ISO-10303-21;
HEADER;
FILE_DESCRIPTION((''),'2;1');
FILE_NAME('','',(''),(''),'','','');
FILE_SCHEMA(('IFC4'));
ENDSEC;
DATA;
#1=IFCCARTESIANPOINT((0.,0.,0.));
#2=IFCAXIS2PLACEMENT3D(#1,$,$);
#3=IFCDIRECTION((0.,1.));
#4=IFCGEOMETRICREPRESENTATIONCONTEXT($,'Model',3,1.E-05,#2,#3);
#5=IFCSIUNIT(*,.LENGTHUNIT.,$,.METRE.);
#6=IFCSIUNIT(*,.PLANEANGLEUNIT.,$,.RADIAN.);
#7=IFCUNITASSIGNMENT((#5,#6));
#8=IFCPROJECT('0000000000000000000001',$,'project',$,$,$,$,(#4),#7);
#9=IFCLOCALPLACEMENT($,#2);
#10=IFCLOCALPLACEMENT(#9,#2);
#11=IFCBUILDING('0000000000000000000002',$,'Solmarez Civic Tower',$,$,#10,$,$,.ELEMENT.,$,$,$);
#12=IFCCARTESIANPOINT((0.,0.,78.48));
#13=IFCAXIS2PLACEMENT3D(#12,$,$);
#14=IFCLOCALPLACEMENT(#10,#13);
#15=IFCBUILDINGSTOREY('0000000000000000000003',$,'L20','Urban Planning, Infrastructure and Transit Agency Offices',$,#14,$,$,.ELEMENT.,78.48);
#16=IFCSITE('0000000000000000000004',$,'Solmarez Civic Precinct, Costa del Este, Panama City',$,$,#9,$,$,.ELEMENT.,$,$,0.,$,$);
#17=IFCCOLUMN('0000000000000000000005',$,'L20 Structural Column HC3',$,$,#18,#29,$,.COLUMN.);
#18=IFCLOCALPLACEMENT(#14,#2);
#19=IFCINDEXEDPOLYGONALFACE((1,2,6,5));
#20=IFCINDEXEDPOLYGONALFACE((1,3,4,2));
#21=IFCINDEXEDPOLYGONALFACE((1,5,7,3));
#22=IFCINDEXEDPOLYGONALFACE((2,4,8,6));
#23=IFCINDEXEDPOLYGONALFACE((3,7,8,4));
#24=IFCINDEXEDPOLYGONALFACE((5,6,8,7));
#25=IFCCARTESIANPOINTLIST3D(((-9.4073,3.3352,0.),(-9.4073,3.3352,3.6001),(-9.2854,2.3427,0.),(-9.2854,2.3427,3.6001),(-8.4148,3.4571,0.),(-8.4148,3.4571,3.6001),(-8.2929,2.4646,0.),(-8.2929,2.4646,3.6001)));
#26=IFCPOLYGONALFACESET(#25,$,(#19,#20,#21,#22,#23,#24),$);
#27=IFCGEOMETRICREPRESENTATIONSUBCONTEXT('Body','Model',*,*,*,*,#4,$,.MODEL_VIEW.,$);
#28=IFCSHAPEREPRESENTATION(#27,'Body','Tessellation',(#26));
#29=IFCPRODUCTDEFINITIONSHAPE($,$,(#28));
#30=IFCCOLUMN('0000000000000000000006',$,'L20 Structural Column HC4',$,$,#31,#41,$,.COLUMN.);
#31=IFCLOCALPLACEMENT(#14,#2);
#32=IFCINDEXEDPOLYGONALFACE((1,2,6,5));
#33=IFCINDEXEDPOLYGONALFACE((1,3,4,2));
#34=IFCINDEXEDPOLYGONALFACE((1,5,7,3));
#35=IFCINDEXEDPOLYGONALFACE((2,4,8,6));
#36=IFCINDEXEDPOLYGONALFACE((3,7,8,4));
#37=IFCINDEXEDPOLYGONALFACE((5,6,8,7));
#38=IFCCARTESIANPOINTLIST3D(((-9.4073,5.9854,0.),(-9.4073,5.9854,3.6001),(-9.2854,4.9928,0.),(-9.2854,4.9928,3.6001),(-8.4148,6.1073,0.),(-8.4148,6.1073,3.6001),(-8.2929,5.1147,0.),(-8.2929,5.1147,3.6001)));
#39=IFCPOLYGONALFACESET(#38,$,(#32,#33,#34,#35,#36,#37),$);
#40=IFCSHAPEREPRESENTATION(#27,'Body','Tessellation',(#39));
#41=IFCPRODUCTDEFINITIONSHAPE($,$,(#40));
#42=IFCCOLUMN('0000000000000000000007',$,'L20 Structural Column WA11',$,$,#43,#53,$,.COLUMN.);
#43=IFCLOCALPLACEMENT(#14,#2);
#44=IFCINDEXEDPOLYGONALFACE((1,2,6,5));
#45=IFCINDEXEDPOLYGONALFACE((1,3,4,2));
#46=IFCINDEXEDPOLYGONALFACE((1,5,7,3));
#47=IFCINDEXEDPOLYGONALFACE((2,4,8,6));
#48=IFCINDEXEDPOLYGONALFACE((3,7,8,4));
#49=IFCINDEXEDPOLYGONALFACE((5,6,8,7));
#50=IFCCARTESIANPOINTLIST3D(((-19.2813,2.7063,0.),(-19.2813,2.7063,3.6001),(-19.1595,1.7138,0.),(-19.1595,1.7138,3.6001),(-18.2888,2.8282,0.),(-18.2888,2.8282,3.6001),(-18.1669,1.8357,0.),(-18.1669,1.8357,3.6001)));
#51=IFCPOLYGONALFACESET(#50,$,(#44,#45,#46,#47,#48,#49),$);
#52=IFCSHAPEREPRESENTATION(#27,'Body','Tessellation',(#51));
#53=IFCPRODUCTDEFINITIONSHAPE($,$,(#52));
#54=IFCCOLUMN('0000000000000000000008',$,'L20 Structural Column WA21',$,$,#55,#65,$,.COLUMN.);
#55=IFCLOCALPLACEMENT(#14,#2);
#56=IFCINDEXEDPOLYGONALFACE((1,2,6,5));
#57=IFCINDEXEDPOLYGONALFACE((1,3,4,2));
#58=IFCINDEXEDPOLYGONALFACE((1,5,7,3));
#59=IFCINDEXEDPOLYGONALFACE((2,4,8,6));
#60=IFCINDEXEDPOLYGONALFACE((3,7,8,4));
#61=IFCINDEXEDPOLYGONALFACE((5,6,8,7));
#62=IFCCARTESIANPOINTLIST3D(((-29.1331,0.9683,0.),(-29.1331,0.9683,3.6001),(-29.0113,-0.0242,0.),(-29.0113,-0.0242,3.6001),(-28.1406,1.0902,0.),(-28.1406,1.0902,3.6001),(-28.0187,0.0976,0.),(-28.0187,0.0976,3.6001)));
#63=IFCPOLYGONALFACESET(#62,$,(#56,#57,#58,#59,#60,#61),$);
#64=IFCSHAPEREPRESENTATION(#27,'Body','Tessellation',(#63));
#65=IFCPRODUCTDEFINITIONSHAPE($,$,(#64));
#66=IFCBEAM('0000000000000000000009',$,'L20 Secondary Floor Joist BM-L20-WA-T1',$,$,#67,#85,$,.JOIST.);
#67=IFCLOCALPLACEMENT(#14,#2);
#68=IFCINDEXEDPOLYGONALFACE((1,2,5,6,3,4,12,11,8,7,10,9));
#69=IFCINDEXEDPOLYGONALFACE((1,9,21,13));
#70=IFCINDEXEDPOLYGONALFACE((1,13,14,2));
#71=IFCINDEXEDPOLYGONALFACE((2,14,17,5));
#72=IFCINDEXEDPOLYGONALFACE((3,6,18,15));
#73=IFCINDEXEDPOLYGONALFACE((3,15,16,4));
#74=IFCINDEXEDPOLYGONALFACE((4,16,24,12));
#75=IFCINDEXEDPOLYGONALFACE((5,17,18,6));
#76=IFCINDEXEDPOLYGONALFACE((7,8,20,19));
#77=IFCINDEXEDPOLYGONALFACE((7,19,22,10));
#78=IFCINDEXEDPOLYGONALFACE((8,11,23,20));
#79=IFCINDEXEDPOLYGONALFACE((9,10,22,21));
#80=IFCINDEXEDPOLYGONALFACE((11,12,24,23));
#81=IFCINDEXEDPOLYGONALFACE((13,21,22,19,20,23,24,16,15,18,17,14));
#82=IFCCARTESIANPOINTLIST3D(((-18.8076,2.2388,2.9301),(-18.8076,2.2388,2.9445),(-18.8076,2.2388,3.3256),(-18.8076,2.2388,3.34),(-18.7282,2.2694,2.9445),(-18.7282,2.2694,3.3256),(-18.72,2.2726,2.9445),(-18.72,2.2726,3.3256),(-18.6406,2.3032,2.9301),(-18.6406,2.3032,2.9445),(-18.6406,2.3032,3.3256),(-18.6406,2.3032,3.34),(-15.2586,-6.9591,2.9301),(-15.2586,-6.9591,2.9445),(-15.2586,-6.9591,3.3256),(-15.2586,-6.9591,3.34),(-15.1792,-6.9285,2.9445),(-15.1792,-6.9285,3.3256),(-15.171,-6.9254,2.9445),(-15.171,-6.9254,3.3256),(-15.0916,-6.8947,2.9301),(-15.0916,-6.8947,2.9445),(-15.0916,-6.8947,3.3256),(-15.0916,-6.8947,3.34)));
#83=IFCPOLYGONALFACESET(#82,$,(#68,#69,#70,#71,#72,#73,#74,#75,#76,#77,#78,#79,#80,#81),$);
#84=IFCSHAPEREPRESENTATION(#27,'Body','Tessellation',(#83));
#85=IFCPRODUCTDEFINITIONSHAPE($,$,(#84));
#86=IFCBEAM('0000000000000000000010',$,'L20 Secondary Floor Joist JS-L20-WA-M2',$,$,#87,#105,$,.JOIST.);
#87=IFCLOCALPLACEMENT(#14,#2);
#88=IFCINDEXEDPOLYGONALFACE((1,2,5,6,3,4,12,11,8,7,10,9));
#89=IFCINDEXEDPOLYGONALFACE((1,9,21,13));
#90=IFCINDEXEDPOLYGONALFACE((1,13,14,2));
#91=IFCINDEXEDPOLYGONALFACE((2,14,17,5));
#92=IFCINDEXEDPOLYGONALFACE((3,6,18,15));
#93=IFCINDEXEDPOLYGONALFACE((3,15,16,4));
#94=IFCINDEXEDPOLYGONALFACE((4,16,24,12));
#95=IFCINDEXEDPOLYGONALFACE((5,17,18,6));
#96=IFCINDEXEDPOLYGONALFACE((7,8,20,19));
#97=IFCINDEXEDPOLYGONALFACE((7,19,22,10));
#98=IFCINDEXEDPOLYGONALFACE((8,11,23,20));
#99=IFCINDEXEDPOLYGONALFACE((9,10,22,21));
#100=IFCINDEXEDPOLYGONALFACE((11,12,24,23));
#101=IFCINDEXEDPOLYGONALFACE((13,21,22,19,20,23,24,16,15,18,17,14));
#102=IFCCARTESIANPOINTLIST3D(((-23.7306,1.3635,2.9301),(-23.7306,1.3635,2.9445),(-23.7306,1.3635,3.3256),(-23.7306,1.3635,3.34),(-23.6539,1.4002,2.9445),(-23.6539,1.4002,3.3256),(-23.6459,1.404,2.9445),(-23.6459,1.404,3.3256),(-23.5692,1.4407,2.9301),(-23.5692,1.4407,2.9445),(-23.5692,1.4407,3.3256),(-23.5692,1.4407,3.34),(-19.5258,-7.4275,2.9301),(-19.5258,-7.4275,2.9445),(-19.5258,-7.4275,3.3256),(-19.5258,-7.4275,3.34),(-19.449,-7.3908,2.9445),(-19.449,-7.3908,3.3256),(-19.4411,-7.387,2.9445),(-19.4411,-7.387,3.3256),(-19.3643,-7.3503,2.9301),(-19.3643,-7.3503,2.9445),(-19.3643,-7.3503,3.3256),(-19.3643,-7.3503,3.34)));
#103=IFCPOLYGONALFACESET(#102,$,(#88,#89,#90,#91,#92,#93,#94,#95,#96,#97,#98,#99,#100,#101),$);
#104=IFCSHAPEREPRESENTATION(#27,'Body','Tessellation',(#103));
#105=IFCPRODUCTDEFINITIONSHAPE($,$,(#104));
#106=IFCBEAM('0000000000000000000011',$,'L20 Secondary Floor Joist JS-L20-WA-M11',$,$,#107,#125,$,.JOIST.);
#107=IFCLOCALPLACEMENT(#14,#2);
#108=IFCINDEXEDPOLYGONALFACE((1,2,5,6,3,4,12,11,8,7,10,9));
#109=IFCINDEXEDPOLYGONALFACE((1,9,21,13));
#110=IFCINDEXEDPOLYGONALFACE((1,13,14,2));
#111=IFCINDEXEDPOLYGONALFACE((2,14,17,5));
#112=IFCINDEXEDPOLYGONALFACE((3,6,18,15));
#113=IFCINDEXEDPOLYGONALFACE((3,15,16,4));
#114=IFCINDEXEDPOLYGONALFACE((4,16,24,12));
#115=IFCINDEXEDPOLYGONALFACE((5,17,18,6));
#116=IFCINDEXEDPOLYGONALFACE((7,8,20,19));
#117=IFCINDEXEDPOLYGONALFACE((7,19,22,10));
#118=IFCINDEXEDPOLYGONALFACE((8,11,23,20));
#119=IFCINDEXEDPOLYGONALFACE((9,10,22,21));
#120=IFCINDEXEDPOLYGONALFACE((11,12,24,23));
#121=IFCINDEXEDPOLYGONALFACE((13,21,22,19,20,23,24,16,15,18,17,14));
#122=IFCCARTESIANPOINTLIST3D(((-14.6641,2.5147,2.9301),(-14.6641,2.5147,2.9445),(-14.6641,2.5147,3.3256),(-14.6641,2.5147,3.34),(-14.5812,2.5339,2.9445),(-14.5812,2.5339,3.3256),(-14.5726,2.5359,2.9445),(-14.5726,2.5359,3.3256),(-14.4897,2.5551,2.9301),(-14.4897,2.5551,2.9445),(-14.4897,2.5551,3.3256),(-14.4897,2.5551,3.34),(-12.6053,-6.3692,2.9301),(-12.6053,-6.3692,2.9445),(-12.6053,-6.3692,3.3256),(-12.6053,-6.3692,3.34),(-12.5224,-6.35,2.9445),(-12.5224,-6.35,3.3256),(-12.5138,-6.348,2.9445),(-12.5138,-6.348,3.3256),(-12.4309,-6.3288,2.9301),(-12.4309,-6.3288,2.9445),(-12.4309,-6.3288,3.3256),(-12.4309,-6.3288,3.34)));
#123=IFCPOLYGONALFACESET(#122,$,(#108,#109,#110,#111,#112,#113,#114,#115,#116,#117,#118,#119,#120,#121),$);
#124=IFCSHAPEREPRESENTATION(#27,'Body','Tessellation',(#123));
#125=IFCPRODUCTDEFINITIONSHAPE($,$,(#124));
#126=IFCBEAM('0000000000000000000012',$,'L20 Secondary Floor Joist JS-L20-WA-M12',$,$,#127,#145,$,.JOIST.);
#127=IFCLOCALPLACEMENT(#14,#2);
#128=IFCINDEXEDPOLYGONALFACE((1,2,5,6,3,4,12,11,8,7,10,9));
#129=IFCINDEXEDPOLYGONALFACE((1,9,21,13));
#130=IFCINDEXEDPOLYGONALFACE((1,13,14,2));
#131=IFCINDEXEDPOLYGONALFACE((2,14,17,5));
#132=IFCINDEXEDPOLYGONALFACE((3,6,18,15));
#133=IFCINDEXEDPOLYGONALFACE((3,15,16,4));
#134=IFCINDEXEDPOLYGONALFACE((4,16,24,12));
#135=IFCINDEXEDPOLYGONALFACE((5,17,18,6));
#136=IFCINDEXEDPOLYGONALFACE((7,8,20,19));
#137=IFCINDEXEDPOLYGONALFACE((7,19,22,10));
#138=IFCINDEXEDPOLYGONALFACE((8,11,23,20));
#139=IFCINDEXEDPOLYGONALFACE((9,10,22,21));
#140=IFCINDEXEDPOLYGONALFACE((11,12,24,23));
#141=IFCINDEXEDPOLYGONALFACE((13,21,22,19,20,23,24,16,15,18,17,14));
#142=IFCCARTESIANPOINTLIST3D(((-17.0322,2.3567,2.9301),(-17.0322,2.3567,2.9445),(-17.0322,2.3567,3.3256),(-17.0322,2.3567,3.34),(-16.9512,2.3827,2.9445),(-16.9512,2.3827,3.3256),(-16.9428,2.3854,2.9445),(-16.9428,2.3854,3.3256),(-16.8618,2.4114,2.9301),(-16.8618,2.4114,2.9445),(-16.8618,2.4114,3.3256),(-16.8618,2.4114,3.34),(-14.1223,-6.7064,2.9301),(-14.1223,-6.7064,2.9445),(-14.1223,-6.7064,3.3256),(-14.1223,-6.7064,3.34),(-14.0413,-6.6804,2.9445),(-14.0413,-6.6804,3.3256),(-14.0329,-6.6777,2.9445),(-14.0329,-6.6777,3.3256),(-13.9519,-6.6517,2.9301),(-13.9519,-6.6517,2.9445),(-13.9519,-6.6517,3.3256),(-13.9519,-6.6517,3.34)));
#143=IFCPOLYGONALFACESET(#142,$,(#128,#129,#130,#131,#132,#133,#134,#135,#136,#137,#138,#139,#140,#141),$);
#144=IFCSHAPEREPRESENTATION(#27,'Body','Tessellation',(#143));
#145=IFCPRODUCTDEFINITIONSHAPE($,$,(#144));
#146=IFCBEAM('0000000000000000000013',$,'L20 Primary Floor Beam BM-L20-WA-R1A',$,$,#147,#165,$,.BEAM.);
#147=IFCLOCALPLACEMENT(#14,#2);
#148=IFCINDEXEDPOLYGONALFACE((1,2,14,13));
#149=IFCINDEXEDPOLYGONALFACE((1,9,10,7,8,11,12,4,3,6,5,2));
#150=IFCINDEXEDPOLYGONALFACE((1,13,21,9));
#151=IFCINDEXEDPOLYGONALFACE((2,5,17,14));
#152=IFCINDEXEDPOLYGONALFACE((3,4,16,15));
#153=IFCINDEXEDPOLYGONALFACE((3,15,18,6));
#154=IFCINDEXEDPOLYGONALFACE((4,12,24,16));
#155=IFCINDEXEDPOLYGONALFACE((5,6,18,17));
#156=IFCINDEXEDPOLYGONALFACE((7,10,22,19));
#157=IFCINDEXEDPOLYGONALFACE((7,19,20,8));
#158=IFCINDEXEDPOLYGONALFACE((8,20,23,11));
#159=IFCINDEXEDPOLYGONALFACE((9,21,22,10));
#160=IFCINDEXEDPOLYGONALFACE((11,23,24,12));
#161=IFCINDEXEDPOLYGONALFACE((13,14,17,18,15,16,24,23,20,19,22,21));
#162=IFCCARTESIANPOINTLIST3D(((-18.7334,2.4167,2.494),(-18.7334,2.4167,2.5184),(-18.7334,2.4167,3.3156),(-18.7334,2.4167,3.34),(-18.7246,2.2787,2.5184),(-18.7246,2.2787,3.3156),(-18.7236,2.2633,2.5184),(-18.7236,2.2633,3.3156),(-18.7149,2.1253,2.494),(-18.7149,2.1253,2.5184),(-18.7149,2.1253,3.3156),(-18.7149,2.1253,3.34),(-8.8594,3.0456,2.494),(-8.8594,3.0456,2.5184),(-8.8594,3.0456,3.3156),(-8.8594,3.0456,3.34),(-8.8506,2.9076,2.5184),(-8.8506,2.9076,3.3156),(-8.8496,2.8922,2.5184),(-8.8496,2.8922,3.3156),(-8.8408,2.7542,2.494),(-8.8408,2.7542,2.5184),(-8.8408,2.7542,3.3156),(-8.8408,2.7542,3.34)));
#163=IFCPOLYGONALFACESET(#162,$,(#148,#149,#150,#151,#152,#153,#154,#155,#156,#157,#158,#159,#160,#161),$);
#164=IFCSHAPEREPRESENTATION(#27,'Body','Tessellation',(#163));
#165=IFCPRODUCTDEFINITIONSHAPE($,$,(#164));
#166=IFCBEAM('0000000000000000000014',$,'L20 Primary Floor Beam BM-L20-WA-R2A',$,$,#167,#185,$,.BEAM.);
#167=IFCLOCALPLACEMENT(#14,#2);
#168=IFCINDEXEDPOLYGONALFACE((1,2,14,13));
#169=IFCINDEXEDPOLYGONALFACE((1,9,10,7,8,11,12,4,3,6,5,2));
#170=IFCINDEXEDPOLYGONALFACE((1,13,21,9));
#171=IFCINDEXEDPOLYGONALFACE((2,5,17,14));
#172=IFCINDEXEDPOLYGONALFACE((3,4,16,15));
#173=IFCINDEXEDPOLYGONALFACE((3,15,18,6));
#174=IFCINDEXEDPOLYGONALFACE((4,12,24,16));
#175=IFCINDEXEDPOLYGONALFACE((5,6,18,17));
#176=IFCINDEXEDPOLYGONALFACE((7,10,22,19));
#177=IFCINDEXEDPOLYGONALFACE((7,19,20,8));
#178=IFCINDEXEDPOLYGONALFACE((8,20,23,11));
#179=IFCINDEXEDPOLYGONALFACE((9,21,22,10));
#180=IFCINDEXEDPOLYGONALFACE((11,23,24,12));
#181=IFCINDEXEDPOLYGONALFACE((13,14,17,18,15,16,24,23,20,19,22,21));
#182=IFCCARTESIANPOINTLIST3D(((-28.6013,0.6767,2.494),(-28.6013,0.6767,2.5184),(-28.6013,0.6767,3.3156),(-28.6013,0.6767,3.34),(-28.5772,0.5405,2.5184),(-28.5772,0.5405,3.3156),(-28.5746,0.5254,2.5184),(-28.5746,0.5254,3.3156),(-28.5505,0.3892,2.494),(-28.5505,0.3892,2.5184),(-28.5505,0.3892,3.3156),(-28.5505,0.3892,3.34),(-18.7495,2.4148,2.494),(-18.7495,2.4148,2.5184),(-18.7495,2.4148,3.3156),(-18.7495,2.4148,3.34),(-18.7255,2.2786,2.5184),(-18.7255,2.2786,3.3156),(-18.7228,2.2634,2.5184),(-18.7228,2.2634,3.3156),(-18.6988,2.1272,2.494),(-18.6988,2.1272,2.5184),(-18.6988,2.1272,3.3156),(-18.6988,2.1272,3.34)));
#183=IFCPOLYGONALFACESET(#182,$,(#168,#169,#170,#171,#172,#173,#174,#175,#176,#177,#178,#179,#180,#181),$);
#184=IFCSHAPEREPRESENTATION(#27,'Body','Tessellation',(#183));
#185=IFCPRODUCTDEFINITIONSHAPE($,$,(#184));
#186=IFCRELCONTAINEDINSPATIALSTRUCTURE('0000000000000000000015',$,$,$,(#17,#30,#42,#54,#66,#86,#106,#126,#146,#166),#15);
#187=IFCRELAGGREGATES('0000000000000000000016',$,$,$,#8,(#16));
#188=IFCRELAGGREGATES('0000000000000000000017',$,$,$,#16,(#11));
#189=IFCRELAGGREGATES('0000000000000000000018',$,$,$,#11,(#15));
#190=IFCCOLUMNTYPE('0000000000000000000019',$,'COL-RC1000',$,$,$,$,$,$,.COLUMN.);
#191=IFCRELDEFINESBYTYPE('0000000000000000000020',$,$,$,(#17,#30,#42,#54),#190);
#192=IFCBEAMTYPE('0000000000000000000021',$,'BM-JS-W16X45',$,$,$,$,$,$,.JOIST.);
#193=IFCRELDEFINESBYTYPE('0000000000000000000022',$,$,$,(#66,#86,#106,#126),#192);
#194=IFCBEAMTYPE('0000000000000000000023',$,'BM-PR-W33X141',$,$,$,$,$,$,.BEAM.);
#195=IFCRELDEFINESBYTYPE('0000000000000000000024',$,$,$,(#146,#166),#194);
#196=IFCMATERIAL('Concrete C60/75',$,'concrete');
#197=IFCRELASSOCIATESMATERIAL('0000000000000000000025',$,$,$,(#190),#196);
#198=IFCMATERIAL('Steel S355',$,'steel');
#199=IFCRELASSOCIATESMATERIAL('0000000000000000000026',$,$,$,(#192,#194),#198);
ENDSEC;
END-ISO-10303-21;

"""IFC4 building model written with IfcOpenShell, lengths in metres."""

from ifc_helpers import new_model, si_unit, direction, frame, origin, origin_2d, place, context, subcontext, project, spatial, rectangle, i_section, extrude, material, material_profile, profile_set, type_object, element, save


model = new_model("IFC4")

# Units and contexts
model_context = context("Model", 3, precision=1e-05, world=origin(), true_north=direction((0.0, 1.0)))
body_context = subcontext(model_context, "Body", "Model", "MODEL_VIEW")
ifc_project = project(units=[si_unit("LENGTHUNIT", "METRE"), si_unit("PLANEANGLEUNIT", "RADIAN")], contexts=[model_context])

# Site, building, storey
site_placement = place(None, origin())
site = spatial("IfcSite", under=ifc_project, at=site_placement, Name="Solmarez Civic Precinct, Costa del Este, Panama City", CompositionType="ELEMENT", RefElevation=0.0)
building_placement = place(site_placement, origin())
building = spatial("IfcBuilding", under=site, at=building_placement, Name="Solmarez Civic Tower", CompositionType="ELEMENT")
storey_placement = place(building_placement, frame((0.0, 0.0, 78.48)))
storey = spatial("IfcBuildingStorey", under=building, at=storey_placement, Name="L20", Description="Urban Planning, Infrastructure and Transit Agency Offices", CompositionType="ELEMENT", Elevation=78.48)

# Columns
ifc_material_1 = material(Name="Concrete C60/75", Category="concrete")
ifc_material_profile_1 = material_profile(ifc_material_1, rectangle(XDim=1.0, YDim=1.0, at=origin_2d()), Name="RC1000X1000")
ifc_profile_set_1 = profile_set([ifc_material_profile_1], Name="Concrete C60/75")
column_type = type_object("IfcColumnType", Name="COL-RC1000", PredefinedType="COLUMN", material=ifc_profile_set_1)
for number, where, z_axis, x_axis, name in (
    (1, (-8.8501, 2.8999, 0.0), (0.0, 0.0, 1.0), (0.992546, 0.121869, 0.0), "L20 Structural Column HC3"),
    (2, (-8.8501, 5.55, 0.0), (0.0, 0.0, 1.0), (0.992546, 0.121869, 0.0), "L20 Structural Column HC4"),
    (3, (-18.7241, 2.271, 0.0), (0.0, 0.0, 1.0), (0.992546, 0.121869, 0.0), "L20 Structural Column WA11"),
    (4, (-28.5759, 0.533, 0.0), (0.0, 0.0, 1.0), (0.992546, 0.121869, 0.0), "L20 Structural Column WA21"),
):
    element("IfcColumn", number, at=place(storey_placement, frame(where, z_axis=z_axis, x_axis=x_axis)), inside=storey, type_object=column_type, Name=name, PredefinedType="COLUMN", context=body_context, shape_type="SweptSolid", body=[
        extrude(rectangle(XDim=1.0, YDim=1.0, at=origin_2d()), origin(), (0.0, 0.0, 1.0), 3.6001),
    ])

# Beams
ifc_material_2 = material(Name="Steel S355", Category="steel")
ifc_material_profile_2 = material_profile(ifc_material_2, i_section(OverallWidth=0.179, OverallDepth=0.4099, WebThickness=0.0088, FlangeThickness=0.0144, at=origin_2d()), Name="W16X45")
ifc_profile_set_2 = profile_set([ifc_material_profile_2], Name="Steel S355")
beam_type_1 = type_object("IfcBeamType", Name="BM-JS-W16X45", PredefinedType="JOIST", material=ifc_profile_set_2)
beam_1_placement = place(storey_placement, frame((-18.7241, 2.271, 3.135), z_axis=(0.359984, -0.932958, 0.0), x_axis=(0.932958, 0.359984, 0.0)))
element("IfcBeam", 5, at=beam_1_placement, inside=storey, type_object=beam_type_1, Name="L20 Secondary Floor Joist BM-L20-WA-T1", PredefinedType="JOIST", context=body_context, shape_type="SweptSolid", body=[
    extrude(i_section(OverallWidth=0.179, OverallDepth=0.4099, WebThickness=0.0088, FlangeThickness=0.0144, at=origin_2d()), origin(), (0.0, 0.0, 1.0), 9.8589),
])
beam_2_placement = place(storey_placement, frame((-23.6499, 1.4021, 3.135), z_axis=(0.431492, -0.902117, 0.0), x_axis=(0.902117, 0.431492, 0.0)))
element("IfcBeam", 6, at=beam_2_placement, inside=storey, type_object=beam_type_1, Name="L20 Secondary Floor Joist JS-L20-WA-M2", PredefinedType="JOIST", context=body_context, shape_type="SweptSolid", body=[
    extrude(i_section(OverallWidth=0.179, OverallDepth=0.4099, WebThickness=0.0088, FlangeThickness=0.0144, at=origin_2d()), origin(), (0.0, 0.0, 1.0), 9.7449),
])
beam_3_placement = place(storey_placement, frame((-14.5769, 2.5349, 3.135), z_axis=(0.225763, -0.974182, 0.0), x_axis=(0.974182, 0.225763, 0.0)))
element("IfcBeam", 7, at=beam_3_placement, inside=storey, type_object=beam_type_1, Name="L20 Secondary Floor Joist JS-L20-WA-M11", PredefinedType="JOIST", context=body_context, shape_type="SweptSolid", body=[
    extrude(i_section(OverallWidth=0.179, OverallDepth=0.4099, WebThickness=0.0088, FlangeThickness=0.0144, at=origin_2d()), origin(), (0.0, 0.0, 1.0), 9.1194),
])
beam_4_placement = place(storey_placement, frame((-16.947, 2.384, 3.135), z_axis=(0.305705, -0.952126, 0.0), x_axis=(0.952126, 0.305705, 0.0)))
element("IfcBeam", 8, at=beam_4_placement, inside=storey, type_object=beam_type_1, Name="L20 Secondary Floor Joist JS-L20-WA-M12", PredefinedType="JOIST", context=body_context, shape_type="SweptSolid", body=[
    extrude(i_section(OverallWidth=0.179, OverallDepth=0.4099, WebThickness=0.0088, FlangeThickness=0.0144, at=origin_2d()), origin(), (0.0, 0.0, 1.0), 9.5188),
])
ifc_material_profile_3 = material_profile(ifc_material_2, i_section(OverallWidth=0.292, OverallDepth=0.8459, WebThickness=0.0154, FlangeThickness=0.0244, at=origin_2d()), Name="W33X141")
ifc_profile_set_3 = profile_set([ifc_material_profile_3], Name="Steel S355")
beam_type_2 = type_object("IfcBeamType", Name="BM-PR-W33X141", PredefinedType="BEAM", material=ifc_profile_set_3)
beam_5_placement = place(storey_placement, frame((-8.8501, 2.8999, 2.917), z_axis=(-0.997978, -0.063564, 0.0), x_axis=(0.063564, -0.997978, 0.0)))
element("IfcBeam", 9, at=beam_5_placement, inside=storey, type_object=beam_type_2, Name="L20 Primary Floor Beam BM-L20-WA-R1A", PredefinedType="BEAM", context=body_context, shape_type="SweptSolid", body=[
    extrude(i_section(OverallWidth=0.292, OverallDepth=0.8459, WebThickness=0.0154, FlangeThickness=0.0244, at=origin_2d()), origin(), (0.0, 0.0, 1.0), 9.894),
])
beam_6_placement = place(storey_placement, frame((-18.7241, 2.271, 2.917), z_axis=(-0.984792, -0.173735, 0.0), x_axis=(0.173735, -0.984792, 0.0)))
element("IfcBeam", 10, at=beam_6_placement, inside=storey, type_object=beam_type_2, Name="L20 Primary Floor Beam BM-L20-WA-R2A", PredefinedType="BEAM", context=body_context, shape_type="SweptSolid", body=[
    extrude(i_section(OverallWidth=0.292, OverallDepth=0.8459, WebThickness=0.0154, FlangeThickness=0.0244, at=origin_2d()), origin(), (0.0, 0.0, 1.0), 10.0039),
])

save(model, "model.ifc")
